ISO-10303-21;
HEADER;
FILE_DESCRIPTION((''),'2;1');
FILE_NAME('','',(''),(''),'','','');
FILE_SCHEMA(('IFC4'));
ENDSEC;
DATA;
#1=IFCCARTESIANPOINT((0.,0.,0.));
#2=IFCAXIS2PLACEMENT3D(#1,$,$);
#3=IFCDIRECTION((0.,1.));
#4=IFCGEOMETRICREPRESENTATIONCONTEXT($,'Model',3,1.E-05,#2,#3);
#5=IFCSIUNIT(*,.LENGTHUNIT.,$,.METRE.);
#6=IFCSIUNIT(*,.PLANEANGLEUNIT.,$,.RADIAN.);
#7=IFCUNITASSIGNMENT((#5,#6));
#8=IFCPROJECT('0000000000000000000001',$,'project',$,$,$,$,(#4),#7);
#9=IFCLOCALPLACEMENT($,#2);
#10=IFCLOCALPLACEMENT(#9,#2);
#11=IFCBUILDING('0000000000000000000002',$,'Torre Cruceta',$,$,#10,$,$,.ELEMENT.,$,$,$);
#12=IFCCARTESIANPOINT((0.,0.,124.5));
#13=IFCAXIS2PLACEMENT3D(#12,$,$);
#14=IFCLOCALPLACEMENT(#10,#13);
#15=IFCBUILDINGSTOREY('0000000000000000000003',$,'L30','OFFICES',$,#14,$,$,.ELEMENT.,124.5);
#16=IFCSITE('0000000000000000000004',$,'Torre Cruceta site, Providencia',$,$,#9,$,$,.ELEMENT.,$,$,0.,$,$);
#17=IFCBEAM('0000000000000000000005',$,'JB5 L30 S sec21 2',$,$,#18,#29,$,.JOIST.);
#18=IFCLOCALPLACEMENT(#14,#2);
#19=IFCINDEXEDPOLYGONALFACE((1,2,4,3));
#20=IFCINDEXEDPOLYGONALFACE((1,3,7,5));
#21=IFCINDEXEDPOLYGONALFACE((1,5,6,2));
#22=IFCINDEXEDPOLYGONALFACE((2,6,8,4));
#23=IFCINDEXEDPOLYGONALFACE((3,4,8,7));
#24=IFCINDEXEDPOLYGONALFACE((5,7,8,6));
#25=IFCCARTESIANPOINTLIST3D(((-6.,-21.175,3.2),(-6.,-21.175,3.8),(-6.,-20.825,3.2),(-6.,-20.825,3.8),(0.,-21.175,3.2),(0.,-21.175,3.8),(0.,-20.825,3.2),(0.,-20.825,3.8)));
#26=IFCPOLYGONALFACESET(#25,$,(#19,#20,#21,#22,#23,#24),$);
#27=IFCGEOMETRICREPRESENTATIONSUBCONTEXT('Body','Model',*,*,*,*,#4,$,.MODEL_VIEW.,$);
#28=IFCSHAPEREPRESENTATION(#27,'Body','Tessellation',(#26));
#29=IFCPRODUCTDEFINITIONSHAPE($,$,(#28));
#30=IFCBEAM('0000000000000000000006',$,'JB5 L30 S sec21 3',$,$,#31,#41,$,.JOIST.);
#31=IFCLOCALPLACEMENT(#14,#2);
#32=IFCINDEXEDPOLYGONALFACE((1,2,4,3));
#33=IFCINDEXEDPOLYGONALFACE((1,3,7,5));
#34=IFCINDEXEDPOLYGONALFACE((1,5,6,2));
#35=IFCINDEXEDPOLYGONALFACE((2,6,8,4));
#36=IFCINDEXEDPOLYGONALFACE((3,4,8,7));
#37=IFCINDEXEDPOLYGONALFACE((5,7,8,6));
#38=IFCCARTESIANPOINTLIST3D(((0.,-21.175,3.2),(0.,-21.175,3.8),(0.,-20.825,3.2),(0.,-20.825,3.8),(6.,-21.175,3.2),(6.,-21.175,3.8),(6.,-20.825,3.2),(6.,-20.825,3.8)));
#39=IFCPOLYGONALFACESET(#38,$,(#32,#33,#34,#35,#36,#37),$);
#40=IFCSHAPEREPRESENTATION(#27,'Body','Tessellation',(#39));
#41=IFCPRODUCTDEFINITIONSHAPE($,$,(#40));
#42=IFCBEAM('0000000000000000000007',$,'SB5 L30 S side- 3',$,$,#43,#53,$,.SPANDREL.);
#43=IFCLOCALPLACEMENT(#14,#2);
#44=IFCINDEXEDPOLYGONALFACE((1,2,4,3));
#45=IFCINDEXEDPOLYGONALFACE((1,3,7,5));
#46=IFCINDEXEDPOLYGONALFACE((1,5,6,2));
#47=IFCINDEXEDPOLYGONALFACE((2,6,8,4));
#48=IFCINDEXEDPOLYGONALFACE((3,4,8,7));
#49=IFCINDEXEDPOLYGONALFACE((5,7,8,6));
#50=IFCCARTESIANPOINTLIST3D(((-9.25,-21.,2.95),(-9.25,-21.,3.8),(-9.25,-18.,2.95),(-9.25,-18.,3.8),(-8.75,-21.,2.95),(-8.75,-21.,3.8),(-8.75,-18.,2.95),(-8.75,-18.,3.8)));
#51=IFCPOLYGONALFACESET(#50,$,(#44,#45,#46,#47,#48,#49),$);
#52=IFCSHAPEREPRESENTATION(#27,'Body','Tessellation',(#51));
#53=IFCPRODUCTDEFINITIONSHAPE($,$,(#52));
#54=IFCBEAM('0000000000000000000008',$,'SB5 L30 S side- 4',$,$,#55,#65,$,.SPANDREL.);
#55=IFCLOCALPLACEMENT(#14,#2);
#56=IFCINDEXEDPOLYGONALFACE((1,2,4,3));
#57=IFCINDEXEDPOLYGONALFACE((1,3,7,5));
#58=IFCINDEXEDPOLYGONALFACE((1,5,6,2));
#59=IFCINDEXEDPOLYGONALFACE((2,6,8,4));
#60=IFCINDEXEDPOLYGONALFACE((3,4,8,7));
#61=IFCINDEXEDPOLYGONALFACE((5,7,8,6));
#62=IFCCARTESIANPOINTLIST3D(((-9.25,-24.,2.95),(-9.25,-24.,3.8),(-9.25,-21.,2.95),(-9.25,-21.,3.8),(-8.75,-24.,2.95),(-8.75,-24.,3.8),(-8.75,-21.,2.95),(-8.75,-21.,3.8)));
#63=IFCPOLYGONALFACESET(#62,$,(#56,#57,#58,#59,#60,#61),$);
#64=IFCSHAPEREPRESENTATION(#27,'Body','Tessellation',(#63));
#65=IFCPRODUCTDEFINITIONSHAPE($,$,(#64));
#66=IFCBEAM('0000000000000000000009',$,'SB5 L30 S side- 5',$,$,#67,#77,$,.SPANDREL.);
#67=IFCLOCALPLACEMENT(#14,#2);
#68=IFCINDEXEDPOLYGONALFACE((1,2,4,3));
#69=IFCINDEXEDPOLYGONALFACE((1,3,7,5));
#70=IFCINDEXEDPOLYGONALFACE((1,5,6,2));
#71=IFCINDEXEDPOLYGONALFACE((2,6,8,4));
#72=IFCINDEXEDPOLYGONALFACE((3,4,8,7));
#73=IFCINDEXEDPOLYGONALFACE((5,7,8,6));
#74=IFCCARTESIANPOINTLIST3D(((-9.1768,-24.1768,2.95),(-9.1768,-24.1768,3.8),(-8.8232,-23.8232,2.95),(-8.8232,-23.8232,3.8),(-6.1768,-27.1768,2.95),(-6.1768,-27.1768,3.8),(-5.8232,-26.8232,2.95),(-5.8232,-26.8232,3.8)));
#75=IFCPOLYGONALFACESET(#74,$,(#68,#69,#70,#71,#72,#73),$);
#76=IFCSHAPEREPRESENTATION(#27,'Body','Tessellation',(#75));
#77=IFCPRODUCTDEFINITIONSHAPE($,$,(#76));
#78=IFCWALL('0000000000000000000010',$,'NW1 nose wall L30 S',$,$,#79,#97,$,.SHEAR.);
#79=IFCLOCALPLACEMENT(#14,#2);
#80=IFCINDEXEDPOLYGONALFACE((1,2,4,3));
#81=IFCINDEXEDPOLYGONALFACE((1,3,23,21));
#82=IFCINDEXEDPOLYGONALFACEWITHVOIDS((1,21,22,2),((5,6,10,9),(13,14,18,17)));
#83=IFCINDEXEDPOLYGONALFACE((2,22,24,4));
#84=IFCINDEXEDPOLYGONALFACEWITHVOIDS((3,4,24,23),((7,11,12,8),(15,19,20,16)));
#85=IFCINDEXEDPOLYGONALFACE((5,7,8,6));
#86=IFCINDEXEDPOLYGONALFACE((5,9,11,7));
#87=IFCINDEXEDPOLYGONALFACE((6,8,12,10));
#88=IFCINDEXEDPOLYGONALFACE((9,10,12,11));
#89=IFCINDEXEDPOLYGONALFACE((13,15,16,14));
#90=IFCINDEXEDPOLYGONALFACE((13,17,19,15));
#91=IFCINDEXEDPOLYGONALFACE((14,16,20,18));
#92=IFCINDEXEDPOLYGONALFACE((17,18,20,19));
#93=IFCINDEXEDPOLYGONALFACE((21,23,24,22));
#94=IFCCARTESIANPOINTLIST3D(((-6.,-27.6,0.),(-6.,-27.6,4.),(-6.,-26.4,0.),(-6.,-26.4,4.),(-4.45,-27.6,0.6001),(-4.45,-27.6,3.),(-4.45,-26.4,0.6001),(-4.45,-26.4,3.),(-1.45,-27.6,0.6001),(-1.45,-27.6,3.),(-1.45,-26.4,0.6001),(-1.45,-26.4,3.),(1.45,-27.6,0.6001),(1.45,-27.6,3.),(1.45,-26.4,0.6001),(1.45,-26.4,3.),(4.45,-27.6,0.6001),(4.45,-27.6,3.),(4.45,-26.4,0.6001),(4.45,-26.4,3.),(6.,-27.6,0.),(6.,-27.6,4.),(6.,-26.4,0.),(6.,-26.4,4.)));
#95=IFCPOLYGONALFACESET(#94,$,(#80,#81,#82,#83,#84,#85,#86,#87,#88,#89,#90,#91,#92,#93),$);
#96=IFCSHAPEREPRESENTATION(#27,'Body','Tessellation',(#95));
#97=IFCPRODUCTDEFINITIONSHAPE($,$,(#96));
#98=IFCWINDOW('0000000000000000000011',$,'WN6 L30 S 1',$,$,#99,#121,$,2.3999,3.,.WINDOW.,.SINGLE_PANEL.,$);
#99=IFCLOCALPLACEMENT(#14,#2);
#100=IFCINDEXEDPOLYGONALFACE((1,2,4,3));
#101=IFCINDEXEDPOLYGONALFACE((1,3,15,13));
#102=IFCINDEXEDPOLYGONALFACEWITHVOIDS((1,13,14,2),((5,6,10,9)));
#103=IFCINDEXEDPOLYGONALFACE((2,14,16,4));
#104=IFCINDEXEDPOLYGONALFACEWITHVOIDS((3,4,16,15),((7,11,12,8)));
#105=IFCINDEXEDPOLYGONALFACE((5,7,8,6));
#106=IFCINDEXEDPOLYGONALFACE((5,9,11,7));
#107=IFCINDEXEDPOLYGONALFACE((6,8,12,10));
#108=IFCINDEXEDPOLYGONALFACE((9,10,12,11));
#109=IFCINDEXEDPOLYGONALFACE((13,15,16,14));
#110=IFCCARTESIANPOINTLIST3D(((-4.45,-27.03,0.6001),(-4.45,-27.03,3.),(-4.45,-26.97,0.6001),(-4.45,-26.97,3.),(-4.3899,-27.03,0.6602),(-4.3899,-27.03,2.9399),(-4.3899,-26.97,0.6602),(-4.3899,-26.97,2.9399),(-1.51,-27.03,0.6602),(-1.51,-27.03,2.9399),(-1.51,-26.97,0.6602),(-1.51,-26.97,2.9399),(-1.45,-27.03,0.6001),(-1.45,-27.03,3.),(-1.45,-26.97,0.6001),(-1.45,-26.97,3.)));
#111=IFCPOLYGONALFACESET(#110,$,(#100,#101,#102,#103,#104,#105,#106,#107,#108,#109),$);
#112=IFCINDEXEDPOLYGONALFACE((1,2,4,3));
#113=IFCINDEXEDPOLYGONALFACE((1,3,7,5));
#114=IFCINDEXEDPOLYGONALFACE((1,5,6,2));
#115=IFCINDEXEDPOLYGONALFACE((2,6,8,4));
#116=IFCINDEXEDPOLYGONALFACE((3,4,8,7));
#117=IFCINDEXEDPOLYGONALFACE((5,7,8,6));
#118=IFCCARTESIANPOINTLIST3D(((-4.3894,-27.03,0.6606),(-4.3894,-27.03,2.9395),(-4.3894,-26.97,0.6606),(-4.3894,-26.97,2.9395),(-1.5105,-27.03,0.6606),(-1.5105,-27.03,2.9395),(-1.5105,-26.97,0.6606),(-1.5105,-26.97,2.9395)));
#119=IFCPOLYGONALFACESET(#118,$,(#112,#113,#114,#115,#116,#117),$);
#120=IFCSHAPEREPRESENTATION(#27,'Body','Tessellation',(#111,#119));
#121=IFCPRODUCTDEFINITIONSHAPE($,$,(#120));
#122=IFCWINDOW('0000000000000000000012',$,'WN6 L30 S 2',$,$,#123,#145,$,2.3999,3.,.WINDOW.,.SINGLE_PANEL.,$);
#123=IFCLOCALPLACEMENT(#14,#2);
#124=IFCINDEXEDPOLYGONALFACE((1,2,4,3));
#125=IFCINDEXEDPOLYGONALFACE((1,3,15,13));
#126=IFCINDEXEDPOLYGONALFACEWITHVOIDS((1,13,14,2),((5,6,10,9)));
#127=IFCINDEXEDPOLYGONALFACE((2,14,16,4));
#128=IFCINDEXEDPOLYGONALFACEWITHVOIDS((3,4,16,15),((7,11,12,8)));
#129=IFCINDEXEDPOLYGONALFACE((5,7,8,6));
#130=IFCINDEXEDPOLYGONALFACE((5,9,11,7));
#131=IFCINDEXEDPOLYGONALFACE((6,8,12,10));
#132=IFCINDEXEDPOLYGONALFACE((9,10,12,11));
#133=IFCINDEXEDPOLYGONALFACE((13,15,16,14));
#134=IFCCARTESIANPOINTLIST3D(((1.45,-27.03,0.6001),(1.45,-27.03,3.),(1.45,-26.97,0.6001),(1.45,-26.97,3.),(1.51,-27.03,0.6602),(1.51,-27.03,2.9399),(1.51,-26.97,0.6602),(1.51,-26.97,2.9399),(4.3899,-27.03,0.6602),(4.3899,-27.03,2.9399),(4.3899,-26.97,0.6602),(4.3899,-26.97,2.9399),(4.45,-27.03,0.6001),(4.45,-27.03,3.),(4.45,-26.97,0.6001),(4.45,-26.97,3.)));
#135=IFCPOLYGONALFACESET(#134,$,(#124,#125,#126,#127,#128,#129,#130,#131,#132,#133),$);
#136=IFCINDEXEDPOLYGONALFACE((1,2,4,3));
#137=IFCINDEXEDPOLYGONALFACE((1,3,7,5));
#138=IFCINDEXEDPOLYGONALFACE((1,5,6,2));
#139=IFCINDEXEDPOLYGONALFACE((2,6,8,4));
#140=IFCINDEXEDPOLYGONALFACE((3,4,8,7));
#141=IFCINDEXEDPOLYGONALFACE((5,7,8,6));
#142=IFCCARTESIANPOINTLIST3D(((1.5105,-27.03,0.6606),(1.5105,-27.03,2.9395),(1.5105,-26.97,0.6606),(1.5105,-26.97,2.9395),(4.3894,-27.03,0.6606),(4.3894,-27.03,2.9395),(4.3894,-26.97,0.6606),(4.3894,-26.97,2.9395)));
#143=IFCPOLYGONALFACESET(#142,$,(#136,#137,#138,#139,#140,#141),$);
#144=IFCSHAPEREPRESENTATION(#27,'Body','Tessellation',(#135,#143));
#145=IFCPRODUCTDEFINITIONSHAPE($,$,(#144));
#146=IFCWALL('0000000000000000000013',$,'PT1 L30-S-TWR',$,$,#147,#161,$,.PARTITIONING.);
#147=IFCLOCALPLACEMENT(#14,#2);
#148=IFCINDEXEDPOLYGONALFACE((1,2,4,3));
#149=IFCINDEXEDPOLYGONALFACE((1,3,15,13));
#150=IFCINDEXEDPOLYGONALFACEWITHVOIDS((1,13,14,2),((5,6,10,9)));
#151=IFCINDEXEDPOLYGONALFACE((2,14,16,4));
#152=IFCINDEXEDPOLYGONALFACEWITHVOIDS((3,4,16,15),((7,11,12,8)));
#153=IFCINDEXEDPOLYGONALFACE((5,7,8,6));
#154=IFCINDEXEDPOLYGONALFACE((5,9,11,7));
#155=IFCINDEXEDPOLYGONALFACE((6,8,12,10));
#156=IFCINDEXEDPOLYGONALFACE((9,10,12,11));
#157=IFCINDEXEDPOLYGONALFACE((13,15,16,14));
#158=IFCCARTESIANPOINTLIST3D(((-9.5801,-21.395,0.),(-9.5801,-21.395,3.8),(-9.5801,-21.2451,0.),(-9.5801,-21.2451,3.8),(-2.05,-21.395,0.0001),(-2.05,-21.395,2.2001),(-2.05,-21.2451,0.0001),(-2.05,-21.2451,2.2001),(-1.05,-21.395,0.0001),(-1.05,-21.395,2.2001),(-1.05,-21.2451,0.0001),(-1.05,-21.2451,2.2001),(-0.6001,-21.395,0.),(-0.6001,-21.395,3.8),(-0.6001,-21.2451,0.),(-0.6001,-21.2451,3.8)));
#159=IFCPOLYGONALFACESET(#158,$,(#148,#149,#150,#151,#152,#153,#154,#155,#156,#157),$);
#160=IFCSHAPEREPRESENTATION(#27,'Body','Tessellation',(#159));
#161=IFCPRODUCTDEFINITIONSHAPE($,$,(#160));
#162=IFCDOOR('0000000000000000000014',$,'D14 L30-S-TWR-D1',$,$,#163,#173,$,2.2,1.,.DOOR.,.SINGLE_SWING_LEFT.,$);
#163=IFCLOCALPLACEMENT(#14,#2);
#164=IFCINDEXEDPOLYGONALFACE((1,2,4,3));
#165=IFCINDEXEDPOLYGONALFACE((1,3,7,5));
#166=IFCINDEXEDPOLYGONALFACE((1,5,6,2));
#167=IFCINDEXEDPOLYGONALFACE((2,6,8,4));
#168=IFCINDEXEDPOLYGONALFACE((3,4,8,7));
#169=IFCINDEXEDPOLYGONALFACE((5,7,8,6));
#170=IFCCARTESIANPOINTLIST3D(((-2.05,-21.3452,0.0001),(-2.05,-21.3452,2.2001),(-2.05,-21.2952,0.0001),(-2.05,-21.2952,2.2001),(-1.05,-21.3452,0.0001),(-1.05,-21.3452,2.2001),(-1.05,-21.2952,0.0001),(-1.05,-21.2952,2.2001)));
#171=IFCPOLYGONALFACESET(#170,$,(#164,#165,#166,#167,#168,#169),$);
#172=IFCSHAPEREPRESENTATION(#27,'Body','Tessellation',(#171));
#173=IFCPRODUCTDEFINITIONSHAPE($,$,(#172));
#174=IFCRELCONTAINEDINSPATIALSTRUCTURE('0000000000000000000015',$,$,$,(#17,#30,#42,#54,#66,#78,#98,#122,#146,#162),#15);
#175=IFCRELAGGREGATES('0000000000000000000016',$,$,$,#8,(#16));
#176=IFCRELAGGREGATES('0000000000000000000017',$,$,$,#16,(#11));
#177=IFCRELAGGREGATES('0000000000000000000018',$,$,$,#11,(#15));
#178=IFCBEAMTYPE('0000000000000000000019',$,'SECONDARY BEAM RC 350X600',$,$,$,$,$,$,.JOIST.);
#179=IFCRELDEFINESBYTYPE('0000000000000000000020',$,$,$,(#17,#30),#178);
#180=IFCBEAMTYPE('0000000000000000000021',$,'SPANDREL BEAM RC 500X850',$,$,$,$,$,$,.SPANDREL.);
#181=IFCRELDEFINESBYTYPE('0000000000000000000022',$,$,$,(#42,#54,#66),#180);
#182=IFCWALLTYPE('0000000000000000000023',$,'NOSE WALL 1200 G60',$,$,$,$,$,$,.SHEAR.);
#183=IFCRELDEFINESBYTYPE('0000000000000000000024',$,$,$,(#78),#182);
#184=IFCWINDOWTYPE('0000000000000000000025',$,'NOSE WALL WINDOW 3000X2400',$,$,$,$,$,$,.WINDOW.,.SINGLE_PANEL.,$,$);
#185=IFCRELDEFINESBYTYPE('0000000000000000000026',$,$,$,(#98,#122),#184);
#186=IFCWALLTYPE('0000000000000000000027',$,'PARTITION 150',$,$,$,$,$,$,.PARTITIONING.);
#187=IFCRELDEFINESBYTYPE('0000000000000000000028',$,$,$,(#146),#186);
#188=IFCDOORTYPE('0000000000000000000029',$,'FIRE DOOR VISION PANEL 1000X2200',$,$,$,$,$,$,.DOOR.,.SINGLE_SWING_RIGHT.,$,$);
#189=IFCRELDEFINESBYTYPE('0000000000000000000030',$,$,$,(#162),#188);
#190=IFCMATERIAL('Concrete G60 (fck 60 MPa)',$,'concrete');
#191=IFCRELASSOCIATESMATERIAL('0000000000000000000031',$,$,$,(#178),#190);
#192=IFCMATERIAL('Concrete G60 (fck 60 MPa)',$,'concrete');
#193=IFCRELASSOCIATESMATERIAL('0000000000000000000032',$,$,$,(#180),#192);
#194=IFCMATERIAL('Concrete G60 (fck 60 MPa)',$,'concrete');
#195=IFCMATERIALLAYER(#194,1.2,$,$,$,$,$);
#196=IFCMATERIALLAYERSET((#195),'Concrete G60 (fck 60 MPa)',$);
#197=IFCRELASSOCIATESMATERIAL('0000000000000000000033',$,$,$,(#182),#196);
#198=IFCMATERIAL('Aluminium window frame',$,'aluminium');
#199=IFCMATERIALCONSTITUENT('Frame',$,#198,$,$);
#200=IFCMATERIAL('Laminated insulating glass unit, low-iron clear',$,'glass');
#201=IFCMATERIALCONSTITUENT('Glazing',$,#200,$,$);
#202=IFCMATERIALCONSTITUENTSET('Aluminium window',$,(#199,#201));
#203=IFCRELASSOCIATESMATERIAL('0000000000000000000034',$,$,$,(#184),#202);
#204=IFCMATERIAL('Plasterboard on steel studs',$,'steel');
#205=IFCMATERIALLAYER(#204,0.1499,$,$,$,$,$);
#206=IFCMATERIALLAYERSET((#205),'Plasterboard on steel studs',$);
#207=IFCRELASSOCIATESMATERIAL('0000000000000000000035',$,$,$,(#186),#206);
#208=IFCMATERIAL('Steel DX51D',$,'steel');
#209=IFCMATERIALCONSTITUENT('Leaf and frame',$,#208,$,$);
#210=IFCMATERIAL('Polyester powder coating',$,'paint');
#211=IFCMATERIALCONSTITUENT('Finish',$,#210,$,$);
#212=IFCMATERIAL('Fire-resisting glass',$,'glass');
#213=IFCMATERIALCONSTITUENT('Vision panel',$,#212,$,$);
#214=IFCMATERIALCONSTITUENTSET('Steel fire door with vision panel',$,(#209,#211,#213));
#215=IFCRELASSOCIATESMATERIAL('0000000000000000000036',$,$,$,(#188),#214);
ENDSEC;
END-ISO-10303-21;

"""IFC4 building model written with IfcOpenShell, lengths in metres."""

from ifc_helpers import new_model, si_unit, direction, frame, frame_2d, origin, origin_2d, place, context, subcontext, project, spatial, rectangle, hollow_rectangle, extrude, material, layer, layer_set, constituent, constituent_set, material_profile, profile_set, type_object, element, fill, save


model = new_model("IFC4")

# Units and contexts
model_context = context("Model", 3, precision=1e-05, world=origin(), true_north=direction((0.0, 1.0)))
body_context = subcontext(model_context, "Body", "Model", "MODEL_VIEW")
ifc_project = project(units=[si_unit("LENGTHUNIT", "METRE"), si_unit("PLANEANGLEUNIT", "RADIAN")], contexts=[model_context])

# Site, building, storey
site_placement = place(None, origin())
site = spatial("IfcSite", under=ifc_project, at=site_placement, Name="Torre Cruceta site, Providencia", CompositionType="ELEMENT", RefElevation=0.0)
building_placement = place(site_placement, origin())
building = spatial("IfcBuilding", under=site, at=building_placement, Name="Torre Cruceta", CompositionType="ELEMENT")
storey_placement = place(building_placement, frame((0.0, 0.0, 124.5)))
storey = spatial("IfcBuildingStorey", under=building, at=storey_placement, Name="L30", Description="OFFICES", CompositionType="ELEMENT", Elevation=124.5)

# Beams
ifc_material_1 = material(Name="Concrete G60 (fck 60 MPa)", Category="concrete")
ifc_material_profile_1 = material_profile(ifc_material_1, rectangle(XDim=0.3501, YDim=0.6001, at=origin_2d()), Name="RC 350X600")
ifc_profile_set_1 = profile_set([ifc_material_profile_1], Name="Concrete G60 (fck 60 MPa)")
beam_type_1 = type_object("IfcBeamType", Name="SECONDARY BEAM RC 350X600", PredefinedType="JOIST", material=ifc_profile_set_1)
for number, where, z_axis, x_axis, name in (
    (1, (-6.0, -21.0, 3.5), (1.0, 0.0, 0.0), (0.0, 1.0, 0.0), "JB5 L30 S sec21 2"),
    (2, (0.0, -21.0, 3.5), (1.0, 0.0, 0.0), (0.0, 1.0, 0.0), "JB5 L30 S sec21 3"),
):
    element("IfcBeam", number, at=place(storey_placement, frame(where, z_axis=z_axis, x_axis=x_axis)), inside=storey, type_object=beam_type_1, Name=name, PredefinedType="JOIST", context=body_context, shape_type="SweptSolid", body=[
        extrude(rectangle(XDim=0.3501, YDim=0.6001, at=origin_2d()), origin(), (0.0, 0.0, 1.0), 6.0),
    ])
ifc_material_2 = material(Name="Concrete G60 (fck 60 MPa)", Category="concrete")
ifc_material_profile_2 = material_profile(ifc_material_2, rectangle(XDim=0.5, YDim=0.8501, at=origin_2d()), Name="RC 500X850")
ifc_profile_set_2 = profile_set([ifc_material_profile_2], Name="Concrete G60 (fck 60 MPa)")
beam_type_2 = type_object("IfcBeamType", Name="SPANDREL BEAM RC 500X850", PredefinedType="SPANDREL", material=ifc_profile_set_2)
for number, where, z_axis, x_axis, name in (
    (3, (-9.0, -18.0, 3.375), (0.0, -1.0, 0.0), (1.0, 0.0, 0.0), "SB5 L30 S side- 3"),
    (4, (-9.0, -21.0, 3.375), (0.0, -1.0, 0.0), (1.0, 0.0, 0.0), "SB5 L30 S side- 4"),
):
    element("IfcBeam", number, at=place(storey_placement, frame(where, z_axis=z_axis, x_axis=x_axis)), inside=storey, type_object=beam_type_2, Name=name, PredefinedType="SPANDREL", context=body_context, shape_type="SweptSolid", body=[
        extrude(rectangle(XDim=0.5, YDim=0.8501, at=origin_2d()), origin(), (0.0, 0.0, 1.0), 3.0),
    ])
beam_1_placement = place(storey_placement, frame((-9.0, -24.0, 3.375), z_axis=(0.707107, -0.707107, 0.0), x_axis=(0.707107, 0.707107, 0.0)))
element("IfcBeam", 5, at=beam_1_placement, inside=storey, type_object=beam_type_2, Name="SB5 L30 S side- 5", PredefinedType="SPANDREL", context=body_context, shape_type="SweptSolid", body=[
    extrude(rectangle(XDim=0.5, YDim=0.8501, at=origin_2d()), origin(), (0.0, 0.0, 1.0), 4.2427),
])

# Wall, openings, windows
ifc_material_3 = material(Name="Concrete G60 (fck 60 MPa)", Category="concrete")
ifc_layer_1 = layer(ifc_material_3, 1.2)
ifc_layer_set_1 = layer_set([ifc_layer_1], Name="Concrete G60 (fck 60 MPa)")
wall_type_1 = type_object("IfcWallType", Name="NOSE WALL 1200 G60", PredefinedType="SHEAR", material=ifc_layer_set_1)
wall_1_placement = place(storey_placement, frame((-6.0, -27.0, 0.0), z_axis=(0.0, 0.0, 1.0), x_axis=(1.0, 0.0, 0.0)))
wall_1 = element("IfcWall", 6, at=wall_1_placement, inside=storey, type_object=wall_type_1, Name="NW1 nose wall L30 S", PredefinedType="SHEAR", context=body_context, shape_type="SweptSolid", body=[
    extrude(rectangle(XDim=12.0, YDim=1.2, at=frame_2d((6.0, 0.0))), origin(), (0.0, 0.0, 1.0), 4.0),
])
opening_1_placement = place(wall_1_placement, frame((1.55, 0.0, 0.6001)))
opening_1 = element("IfcOpeningElement", 7, at=opening_1_placement, cuts=wall_1, PredefinedType="OPENING", context=body_context, shape_type="SweptSolid", body=[
    extrude(rectangle(XDim=3.0, YDim=2.3999, at=frame_2d((1.5, 1.2))), frame((0.0, 0.6099, 0.0), z_axis=(0.0, -1.0, 0.0), x_axis=(1.0, 0.0, 0.0)), (0.0, 0.0, 1.0), 1.22),
])
opening_2_placement = place(wall_1_placement, frame((7.45, 0.0, 0.6001)))
opening_2 = element("IfcOpeningElement", 8, at=opening_2_placement, cuts=wall_1, PredefinedType="OPENING", context=body_context, shape_type="SweptSolid", body=[
    extrude(rectangle(XDim=3.0, YDim=2.3999, at=frame_2d((1.5, 1.2))), frame((0.0, 0.6099, 0.0), z_axis=(0.0, -1.0, 0.0), x_axis=(1.0, 0.0, 0.0)), (0.0, 0.0, 1.0), 1.22),
])
ifc_material_4 = material(Name="Aluminium window frame", Category="aluminium")
ifc_constituent_1 = constituent(ifc_material_4, Name="Frame")
ifc_material_5 = material(Name="Laminated insulating glass unit, low-iron clear", Category="glass")
ifc_constituent_2 = constituent(ifc_material_5, Name="Glazing")
ifc_constituent_set_1 = constituent_set(constituents=[ifc_constituent_1, ifc_constituent_2], Name="Aluminium window")
window_type = type_object("IfcWindowType", Name="NOSE WALL WINDOW 3000X2400", PartitioningType="SINGLE_PANEL", PredefinedType="WINDOW", material=ifc_constituent_set_1)
window_1_placement = place(opening_1_placement, origin())
window_1 = element("IfcWindow", 9, at=window_1_placement, inside=storey, type_object=window_type, Name="WN6 L30 S 1", OverallHeight=2.3999, OverallWidth=3.0, PartitioningType="SINGLE_PANEL", PredefinedType="WINDOW", context=body_context, shape_type="SweptSolid", body=[
    extrude(hollow_rectangle(XDim=3.0, YDim=2.3999, WallThickness=0.0601, at=frame_2d((1.5, 1.2))), frame((0.0, 0.03, 0.0), z_axis=(0.0, -1.0, 0.0), x_axis=(1.0, 0.0, 0.0)), (0.0, 0.0, 1.0), 0.0601),
    extrude(rectangle(XDim=2.8789, YDim=2.2788, at=frame_2d((1.5, 1.2))), frame((0.0, 0.03, 0.0), z_axis=(0.0, -1.0, 0.0), x_axis=(1.0, 0.0, 0.0)), (0.0, 0.0, 1.0), 0.0601),
])
fill(opening_1, window_1)
window_2_placement = place(opening_2_placement, origin())
window_2 = element("IfcWindow", 10, at=window_2_placement, inside=storey, type_object=window_type, Name="WN6 L30 S 2", OverallHeight=2.3999, OverallWidth=3.0, PartitioningType="SINGLE_PANEL", PredefinedType="WINDOW", context=body_context, shape_type="SweptSolid", body=[
    extrude(hollow_rectangle(XDim=3.0, YDim=2.3999, WallThickness=0.0601, at=frame_2d((1.5, 1.2))), frame((0.0, 0.03, 0.0), z_axis=(0.0, -1.0, 0.0), x_axis=(1.0, 0.0, 0.0)), (0.0, 0.0, 1.0), 0.0601),
    extrude(rectangle(XDim=2.8789, YDim=2.2788, at=frame_2d((1.5, 1.2))), frame((0.0, 0.03, 0.0), z_axis=(0.0, -1.0, 0.0), x_axis=(1.0, 0.0, 0.0)), (0.0, 0.0, 1.0), 0.0601),
])
fill(opening_2, window_2)

# Wall, opening, door
ifc_material_6 = material(Name="Plasterboard on steel studs", Category="steel")
ifc_layer_2 = layer(ifc_material_6, 0.1499)
ifc_layer_set_2 = layer_set([ifc_layer_2], Name="Plasterboard on steel studs")
wall_type_2 = type_object("IfcWallType", Name="PARTITION 150", PredefinedType="PARTITIONING", material=ifc_layer_set_2)
wall_2_placement = place(storey_placement, frame((-9.5801, -21.3201, 0.0), z_axis=(0.0, 0.0, 1.0), x_axis=(1.0, 0.0, 0.0)))
wall_2 = element("IfcWall", 11, at=wall_2_placement, inside=storey, type_object=wall_type_2, Name="PT1 L30-S-TWR", PredefinedType="PARTITIONING", context=body_context, shape_type="SweptSolid", body=[
    extrude(rectangle(XDim=8.98, YDim=0.1499, at=frame_2d((4.49, 0.0))), origin(), (0.0, 0.0, 1.0), 3.8),
])
opening_3_placement = place(wall_2_placement, frame((7.53, 0.0, 0.0)))
opening_3 = element("IfcOpeningElement", 12, at=opening_3_placement, cuts=wall_2, PredefinedType="OPENING", context=body_context, shape_type="SweptSolid", body=[
    extrude(rectangle(XDim=1.0, YDim=2.2, at=frame_2d((0.5, 1.1001))), frame((0.0, 0.085, 0.0), z_axis=(0.0, -1.0, 0.0), x_axis=(1.0, 0.0, 0.0)), (0.0, 0.0, 1.0), 0.1699),
])
ifc_material_7 = material(Name="Steel DX51D", Category="steel")
ifc_constituent_3 = constituent(ifc_material_7, Name="Leaf and frame")
ifc_material_8 = material(Name="Polyester powder coating", Category="paint")
ifc_constituent_4 = constituent(ifc_material_8, Name="Finish")
ifc_material_9 = material(Name="Fire-resisting glass", Category="glass")
ifc_constituent_5 = constituent(ifc_material_9, Name="Vision panel")
ifc_constituent_set_2 = constituent_set(constituents=[ifc_constituent_3, ifc_constituent_4, ifc_constituent_5], Name="Steel fire door with vision panel")
door_type = type_object("IfcDoorType", Name="FIRE DOOR VISION PANEL 1000X2200", OperationType="SINGLE_SWING_RIGHT", PredefinedType="DOOR", material=ifc_constituent_set_2)
door_placement = place(opening_3_placement, frame((1.0, 0.0, 0.0), z_axis=(0.0, 0.0, 1.0), x_axis=(-1.0, 0.0, 0.0)))
door = element("IfcDoor", 13, at=door_placement, inside=storey, type_object=door_type, Name="D14 L30-S-TWR-D1", OperationType="SINGLE_SWING_LEFT", OverallHeight=2.2, OverallWidth=1.0, PredefinedType="DOOR", context=body_context, shape_type="SweptSolid", body=[
    extrude(rectangle(XDim=1.0, YDim=2.2, at=frame_2d((0.5, 1.1001))), frame((0.0, 0.0251, 0.0), z_axis=(0.0, -1.0, 0.0), x_axis=(1.0, 0.0, 0.0)), (0.0, 0.0, 1.0), 0.05),
])
fill(opening_3, door)

save(model, "model.ifc")
